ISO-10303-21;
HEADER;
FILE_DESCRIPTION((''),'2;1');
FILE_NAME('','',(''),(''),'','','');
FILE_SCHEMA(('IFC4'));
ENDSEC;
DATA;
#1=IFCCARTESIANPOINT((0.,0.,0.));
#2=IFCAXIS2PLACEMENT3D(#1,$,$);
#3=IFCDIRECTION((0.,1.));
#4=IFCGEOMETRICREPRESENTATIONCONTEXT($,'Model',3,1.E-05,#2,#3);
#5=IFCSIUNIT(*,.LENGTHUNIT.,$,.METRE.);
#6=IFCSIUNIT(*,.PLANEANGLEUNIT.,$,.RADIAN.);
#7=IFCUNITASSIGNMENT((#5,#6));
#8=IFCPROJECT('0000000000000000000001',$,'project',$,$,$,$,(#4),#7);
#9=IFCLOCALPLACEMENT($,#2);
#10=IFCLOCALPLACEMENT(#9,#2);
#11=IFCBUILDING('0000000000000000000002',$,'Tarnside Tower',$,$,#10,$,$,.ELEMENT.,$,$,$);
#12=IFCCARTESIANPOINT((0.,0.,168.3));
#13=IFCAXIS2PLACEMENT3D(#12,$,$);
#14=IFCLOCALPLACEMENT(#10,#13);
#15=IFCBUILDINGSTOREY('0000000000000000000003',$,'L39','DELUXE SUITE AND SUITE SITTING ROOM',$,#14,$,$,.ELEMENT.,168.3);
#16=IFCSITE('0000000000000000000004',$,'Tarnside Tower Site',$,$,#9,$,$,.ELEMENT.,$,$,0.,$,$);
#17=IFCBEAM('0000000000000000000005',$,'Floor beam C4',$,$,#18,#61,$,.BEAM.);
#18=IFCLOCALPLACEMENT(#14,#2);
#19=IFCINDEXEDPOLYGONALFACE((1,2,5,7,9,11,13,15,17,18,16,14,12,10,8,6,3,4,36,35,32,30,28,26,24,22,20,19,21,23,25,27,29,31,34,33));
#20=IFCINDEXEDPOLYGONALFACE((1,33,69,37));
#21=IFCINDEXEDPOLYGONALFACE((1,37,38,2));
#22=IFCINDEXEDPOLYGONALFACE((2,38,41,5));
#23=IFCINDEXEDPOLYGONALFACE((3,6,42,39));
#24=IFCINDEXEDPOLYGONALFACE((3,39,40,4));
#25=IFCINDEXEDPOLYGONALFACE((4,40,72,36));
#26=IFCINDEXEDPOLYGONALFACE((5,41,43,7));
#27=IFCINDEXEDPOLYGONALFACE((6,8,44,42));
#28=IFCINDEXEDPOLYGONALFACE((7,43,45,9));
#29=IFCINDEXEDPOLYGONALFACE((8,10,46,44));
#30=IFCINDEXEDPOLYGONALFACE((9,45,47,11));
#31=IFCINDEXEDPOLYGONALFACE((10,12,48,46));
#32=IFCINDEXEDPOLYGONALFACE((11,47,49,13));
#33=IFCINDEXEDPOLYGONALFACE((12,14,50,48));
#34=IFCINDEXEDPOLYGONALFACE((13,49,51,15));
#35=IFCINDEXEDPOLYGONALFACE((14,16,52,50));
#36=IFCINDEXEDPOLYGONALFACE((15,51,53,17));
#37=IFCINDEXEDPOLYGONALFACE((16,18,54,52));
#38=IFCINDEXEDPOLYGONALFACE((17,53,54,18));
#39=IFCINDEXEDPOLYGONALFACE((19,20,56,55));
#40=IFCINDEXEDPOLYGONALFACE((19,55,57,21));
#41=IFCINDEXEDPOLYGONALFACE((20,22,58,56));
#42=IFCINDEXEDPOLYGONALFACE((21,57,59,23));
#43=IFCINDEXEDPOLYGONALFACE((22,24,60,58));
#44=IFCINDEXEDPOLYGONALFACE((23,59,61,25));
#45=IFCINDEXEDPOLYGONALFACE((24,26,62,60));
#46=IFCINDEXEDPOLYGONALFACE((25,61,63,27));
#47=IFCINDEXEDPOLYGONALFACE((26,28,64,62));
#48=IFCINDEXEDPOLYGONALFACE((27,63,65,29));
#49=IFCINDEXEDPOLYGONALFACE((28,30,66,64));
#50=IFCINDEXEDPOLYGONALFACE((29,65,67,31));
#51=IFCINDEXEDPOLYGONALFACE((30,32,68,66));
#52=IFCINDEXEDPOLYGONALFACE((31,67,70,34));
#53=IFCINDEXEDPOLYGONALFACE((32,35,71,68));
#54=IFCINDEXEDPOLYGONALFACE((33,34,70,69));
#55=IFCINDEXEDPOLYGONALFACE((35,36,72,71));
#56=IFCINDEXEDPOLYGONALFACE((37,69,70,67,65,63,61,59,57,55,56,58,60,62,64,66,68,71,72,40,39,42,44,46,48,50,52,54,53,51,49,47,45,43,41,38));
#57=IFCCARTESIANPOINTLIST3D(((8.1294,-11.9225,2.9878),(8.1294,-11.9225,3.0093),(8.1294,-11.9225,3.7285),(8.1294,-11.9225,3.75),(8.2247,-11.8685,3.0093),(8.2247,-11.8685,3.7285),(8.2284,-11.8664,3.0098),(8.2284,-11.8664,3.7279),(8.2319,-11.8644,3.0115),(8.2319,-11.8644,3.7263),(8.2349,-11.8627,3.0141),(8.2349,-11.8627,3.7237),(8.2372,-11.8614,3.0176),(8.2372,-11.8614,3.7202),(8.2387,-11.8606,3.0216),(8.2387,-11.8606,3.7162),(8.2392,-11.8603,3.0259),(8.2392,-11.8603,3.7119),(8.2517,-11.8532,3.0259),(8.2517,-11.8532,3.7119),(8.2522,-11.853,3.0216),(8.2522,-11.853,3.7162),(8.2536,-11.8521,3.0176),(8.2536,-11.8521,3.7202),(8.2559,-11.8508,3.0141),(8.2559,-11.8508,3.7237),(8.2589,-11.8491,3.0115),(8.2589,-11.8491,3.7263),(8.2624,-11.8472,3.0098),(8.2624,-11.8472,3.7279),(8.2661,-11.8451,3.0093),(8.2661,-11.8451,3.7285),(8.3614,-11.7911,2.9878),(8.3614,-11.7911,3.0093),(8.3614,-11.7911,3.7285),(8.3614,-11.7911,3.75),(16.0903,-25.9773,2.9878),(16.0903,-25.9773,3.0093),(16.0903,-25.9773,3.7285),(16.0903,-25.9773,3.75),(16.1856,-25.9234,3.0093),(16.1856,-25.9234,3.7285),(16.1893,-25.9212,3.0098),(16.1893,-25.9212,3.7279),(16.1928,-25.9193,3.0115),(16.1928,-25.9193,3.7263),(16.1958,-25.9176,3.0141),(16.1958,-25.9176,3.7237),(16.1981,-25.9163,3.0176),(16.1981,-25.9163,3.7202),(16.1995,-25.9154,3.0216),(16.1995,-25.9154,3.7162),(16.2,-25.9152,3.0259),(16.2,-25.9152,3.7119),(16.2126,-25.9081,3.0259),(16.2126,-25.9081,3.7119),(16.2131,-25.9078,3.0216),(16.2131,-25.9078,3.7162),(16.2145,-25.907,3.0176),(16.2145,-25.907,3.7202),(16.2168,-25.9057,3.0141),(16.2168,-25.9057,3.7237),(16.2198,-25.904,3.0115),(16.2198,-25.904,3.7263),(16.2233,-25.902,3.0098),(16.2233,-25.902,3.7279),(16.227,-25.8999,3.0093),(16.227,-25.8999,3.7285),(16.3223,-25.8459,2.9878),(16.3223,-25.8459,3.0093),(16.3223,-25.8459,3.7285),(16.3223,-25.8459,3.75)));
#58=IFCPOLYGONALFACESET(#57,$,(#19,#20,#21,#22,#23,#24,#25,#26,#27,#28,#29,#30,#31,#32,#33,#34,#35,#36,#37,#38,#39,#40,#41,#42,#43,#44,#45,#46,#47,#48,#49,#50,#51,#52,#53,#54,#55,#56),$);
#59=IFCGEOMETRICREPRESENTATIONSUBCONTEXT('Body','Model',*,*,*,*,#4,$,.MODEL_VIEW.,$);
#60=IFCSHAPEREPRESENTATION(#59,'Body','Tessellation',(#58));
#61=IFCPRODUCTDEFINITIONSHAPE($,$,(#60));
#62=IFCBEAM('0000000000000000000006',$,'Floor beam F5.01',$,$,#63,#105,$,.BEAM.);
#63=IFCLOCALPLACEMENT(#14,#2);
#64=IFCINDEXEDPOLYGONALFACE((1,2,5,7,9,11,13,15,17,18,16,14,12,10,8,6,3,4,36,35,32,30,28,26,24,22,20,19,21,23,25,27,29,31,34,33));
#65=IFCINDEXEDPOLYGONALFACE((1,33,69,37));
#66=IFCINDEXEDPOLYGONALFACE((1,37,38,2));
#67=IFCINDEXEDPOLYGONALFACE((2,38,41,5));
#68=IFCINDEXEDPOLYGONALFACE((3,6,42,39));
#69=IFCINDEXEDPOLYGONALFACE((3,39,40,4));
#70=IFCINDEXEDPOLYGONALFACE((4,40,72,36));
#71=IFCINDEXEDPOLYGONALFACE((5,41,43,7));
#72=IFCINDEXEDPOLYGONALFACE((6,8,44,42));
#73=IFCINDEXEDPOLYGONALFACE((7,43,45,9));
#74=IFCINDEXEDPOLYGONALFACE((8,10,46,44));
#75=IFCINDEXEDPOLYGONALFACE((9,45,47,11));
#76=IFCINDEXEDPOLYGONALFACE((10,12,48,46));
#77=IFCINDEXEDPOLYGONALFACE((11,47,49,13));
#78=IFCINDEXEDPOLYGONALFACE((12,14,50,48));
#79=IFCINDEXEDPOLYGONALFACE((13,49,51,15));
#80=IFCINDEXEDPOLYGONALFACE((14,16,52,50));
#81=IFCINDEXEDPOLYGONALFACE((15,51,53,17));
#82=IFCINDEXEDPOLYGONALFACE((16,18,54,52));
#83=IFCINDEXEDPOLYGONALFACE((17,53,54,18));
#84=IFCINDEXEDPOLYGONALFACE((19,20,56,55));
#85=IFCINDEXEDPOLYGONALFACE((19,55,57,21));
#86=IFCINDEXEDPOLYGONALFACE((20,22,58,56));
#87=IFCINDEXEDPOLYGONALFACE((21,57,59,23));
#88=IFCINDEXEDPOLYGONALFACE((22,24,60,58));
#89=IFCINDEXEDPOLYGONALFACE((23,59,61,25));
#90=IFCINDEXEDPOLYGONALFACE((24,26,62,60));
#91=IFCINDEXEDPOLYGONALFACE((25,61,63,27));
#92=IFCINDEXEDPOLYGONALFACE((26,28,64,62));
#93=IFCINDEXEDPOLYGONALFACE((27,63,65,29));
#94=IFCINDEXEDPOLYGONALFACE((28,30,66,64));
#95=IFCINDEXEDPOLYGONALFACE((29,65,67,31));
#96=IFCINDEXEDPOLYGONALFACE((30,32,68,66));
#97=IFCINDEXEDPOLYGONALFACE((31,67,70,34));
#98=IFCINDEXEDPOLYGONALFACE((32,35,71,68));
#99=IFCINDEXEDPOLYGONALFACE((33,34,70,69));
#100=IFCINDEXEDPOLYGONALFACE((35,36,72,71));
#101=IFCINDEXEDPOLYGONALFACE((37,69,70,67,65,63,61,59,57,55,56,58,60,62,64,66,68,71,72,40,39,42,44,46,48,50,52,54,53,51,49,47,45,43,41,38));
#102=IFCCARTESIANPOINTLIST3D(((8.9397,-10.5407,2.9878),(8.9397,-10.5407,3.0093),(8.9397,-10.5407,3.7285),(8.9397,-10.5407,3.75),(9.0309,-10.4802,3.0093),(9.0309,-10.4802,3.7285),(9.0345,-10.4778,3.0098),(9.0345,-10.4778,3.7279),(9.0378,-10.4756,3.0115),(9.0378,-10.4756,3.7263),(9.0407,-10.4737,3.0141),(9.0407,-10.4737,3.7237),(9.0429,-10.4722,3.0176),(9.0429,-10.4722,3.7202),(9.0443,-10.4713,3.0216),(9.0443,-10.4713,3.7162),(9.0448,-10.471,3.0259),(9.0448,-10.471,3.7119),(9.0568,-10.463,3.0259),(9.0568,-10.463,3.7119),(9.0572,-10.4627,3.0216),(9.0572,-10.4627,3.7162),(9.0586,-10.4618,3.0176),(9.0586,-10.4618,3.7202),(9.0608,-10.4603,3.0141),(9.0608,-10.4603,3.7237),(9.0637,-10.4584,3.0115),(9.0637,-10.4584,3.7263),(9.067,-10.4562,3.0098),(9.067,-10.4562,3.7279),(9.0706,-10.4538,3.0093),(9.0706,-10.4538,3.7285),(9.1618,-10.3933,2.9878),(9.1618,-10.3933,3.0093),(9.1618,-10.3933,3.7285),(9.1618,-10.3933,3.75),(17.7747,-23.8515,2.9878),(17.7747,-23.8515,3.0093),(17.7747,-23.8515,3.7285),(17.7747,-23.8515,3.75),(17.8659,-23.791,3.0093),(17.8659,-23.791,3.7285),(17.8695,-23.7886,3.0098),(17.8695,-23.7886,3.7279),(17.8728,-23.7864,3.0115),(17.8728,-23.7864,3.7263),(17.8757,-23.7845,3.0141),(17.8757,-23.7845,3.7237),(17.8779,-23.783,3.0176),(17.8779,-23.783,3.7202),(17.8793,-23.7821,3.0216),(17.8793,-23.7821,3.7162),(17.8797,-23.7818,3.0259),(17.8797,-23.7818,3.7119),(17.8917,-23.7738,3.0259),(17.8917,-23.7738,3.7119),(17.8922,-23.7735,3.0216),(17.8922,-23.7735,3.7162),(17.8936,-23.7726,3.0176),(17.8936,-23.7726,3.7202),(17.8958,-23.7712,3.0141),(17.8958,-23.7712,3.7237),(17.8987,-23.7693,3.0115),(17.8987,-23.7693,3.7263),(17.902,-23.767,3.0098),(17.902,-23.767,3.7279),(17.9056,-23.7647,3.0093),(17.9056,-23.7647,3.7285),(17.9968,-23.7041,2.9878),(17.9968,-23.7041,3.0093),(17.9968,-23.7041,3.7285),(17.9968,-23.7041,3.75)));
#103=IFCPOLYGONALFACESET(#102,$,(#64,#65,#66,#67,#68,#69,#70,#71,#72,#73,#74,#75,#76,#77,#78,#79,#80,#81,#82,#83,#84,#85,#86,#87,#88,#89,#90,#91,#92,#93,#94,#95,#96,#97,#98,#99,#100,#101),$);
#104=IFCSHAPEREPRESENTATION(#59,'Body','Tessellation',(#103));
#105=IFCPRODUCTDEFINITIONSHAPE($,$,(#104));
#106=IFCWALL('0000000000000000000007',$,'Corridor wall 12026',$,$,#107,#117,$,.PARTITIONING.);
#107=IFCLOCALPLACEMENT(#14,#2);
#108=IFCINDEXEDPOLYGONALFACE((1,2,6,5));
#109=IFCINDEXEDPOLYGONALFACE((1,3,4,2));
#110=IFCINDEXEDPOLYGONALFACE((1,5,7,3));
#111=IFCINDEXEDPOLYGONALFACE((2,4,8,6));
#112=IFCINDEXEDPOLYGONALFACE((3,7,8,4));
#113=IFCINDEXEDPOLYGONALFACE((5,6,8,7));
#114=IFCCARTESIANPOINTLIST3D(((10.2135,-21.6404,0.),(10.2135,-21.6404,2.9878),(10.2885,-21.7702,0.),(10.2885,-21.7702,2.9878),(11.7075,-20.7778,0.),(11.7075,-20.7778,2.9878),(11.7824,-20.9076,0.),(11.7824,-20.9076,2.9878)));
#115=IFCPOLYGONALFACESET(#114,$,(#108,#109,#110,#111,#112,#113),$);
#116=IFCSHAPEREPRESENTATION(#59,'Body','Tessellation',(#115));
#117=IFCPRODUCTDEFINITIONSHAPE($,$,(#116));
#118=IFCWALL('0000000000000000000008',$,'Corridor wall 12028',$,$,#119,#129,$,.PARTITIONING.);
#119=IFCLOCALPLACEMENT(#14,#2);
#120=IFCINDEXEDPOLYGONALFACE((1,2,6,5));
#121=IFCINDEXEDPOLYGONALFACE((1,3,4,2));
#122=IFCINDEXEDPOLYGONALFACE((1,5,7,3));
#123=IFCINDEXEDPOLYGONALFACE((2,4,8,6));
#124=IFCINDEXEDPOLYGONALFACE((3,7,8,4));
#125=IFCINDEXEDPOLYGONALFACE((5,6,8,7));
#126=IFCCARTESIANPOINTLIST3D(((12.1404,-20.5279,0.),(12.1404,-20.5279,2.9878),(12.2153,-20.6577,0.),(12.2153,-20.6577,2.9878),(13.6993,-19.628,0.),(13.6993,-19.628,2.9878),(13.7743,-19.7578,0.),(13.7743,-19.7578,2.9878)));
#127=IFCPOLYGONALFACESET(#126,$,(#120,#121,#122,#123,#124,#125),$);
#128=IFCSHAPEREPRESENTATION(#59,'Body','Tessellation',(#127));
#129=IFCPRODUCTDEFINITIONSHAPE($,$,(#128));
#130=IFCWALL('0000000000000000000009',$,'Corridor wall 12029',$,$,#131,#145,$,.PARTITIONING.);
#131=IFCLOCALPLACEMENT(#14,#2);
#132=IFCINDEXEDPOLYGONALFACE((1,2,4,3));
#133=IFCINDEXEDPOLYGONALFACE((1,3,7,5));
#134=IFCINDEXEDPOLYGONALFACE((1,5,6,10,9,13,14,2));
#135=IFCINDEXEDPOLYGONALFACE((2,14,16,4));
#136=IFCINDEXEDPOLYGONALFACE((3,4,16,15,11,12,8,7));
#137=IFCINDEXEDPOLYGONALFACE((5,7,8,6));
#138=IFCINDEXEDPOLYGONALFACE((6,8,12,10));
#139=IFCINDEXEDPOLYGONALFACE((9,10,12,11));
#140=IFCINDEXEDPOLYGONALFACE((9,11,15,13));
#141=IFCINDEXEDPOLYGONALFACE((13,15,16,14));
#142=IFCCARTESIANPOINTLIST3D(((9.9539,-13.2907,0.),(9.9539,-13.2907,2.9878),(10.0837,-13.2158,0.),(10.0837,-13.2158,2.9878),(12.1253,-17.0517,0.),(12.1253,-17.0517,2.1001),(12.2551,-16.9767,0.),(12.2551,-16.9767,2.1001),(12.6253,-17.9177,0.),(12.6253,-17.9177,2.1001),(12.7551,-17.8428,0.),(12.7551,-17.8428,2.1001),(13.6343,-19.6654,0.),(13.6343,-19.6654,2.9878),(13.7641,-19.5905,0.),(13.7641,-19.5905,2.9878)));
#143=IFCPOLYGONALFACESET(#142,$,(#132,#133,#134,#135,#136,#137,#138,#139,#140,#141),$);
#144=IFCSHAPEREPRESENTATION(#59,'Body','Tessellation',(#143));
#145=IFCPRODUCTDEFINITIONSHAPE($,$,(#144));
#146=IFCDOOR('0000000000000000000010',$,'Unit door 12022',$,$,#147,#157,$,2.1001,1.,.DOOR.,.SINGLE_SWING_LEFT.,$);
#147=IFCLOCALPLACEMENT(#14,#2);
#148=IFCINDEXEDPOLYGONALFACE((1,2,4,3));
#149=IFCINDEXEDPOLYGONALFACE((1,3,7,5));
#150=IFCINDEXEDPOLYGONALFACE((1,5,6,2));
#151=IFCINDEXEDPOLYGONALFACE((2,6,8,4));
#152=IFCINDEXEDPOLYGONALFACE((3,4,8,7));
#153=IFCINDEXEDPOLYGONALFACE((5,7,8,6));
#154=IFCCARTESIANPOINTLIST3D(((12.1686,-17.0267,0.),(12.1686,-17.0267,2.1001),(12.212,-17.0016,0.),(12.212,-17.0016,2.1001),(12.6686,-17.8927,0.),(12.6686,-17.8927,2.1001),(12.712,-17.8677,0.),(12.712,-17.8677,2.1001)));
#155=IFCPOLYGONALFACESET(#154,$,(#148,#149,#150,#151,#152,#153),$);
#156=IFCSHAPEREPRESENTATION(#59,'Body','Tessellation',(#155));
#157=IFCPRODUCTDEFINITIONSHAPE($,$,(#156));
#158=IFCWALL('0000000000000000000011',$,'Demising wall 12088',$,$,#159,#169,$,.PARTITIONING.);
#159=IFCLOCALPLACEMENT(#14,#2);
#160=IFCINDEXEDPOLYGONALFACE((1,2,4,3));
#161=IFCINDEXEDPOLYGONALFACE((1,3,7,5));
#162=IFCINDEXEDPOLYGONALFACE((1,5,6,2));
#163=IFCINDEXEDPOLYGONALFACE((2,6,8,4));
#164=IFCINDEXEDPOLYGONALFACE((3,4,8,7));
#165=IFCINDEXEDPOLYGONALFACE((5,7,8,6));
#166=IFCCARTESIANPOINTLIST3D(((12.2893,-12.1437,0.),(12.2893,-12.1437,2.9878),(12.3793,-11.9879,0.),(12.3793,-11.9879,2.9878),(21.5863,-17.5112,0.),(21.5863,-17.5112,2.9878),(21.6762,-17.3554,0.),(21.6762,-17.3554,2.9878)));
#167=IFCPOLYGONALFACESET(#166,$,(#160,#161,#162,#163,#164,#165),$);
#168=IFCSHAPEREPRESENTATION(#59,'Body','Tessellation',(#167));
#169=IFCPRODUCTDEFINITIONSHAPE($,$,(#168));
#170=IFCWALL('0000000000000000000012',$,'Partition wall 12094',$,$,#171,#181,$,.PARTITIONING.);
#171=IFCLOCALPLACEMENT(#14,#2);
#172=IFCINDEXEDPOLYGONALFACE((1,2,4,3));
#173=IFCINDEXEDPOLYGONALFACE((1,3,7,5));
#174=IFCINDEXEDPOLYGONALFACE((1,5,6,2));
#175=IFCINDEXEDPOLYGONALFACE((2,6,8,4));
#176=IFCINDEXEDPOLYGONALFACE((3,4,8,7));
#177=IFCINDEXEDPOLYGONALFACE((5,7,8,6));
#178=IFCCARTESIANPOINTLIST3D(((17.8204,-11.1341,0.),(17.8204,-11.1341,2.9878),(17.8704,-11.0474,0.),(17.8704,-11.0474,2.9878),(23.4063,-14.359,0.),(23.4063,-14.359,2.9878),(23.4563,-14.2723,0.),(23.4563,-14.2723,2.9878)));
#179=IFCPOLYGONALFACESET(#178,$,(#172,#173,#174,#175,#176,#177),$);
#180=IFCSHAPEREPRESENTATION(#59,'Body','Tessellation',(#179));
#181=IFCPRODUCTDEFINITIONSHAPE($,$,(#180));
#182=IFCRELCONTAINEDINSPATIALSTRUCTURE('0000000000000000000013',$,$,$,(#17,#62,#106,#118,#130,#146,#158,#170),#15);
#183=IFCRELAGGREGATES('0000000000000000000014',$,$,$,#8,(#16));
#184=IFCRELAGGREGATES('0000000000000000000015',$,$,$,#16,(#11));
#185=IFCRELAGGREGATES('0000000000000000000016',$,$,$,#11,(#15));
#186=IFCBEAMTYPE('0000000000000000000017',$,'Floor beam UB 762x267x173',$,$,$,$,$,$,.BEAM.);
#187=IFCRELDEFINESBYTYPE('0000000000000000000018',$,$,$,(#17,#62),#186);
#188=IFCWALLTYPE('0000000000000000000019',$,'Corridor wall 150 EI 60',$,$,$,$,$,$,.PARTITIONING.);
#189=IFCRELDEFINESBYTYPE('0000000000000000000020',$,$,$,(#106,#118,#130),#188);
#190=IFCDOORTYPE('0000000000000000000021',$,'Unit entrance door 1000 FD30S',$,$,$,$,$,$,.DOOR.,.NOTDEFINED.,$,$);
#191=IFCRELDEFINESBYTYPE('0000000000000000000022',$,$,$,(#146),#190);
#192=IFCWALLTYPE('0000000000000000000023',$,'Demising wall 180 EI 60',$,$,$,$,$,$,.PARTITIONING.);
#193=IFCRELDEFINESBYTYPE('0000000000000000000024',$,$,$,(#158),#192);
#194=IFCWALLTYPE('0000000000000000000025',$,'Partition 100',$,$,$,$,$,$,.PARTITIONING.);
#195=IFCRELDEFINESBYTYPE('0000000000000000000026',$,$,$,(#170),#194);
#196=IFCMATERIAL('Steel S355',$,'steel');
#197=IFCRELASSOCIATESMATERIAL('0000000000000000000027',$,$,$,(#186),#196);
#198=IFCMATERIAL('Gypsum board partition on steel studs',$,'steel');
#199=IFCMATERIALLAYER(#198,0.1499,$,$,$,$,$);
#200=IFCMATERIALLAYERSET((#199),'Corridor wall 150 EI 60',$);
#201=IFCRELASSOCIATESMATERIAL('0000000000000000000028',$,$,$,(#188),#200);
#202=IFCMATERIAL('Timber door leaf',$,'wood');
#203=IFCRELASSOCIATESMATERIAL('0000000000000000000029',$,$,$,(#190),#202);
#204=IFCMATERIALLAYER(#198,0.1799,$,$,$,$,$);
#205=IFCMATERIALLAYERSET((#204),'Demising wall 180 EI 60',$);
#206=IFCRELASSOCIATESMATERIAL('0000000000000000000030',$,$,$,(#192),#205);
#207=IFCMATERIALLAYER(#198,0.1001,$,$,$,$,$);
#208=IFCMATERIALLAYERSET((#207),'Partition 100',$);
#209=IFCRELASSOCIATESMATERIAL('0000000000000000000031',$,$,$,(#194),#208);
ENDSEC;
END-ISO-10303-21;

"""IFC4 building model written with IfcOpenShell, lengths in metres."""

from ifc_helpers import new_model, si_unit, direction, frame, frame_2d, origin, origin_2d, place, context, subcontext, project, spatial, rectangle, i_section, extrude, material, layer, layer_set, material_profile, profile_set, type_object, element, fill, save


model = new_model("IFC4")

# Units and contexts
model_context = context("Model", 3, precision=1e-05, world=origin(), true_north=direction((0.0, 1.0)))
body_context = subcontext(model_context, "Body", "Model", "MODEL_VIEW")
ifc_project = project(units=[si_unit("LENGTHUNIT", "METRE"), si_unit("PLANEANGLEUNIT", "RADIAN")], contexts=[model_context])

# Site, building, storey
site_placement = place(None, origin())
site = spatial("IfcSite", under=ifc_project, at=site_placement, Name="Tarnside Tower Site", CompositionType="ELEMENT", RefElevation=0.0)
building_placement = place(site_placement, origin())
building = spatial("IfcBuilding", under=site, at=building_placement, Name="Tarnside Tower", CompositionType="ELEMENT")
storey_placement = place(building_placement, frame((0.0, 0.0, 168.3)))
storey = spatial("IfcBuildingStorey", under=building, at=storey_placement, Name="L39", Description="DELUXE SUITE AND SUITE SITTING ROOM", CompositionType="ELEMENT", Elevation=168.3)

# Beams
ifc_material_1 = material(Name="Steel S355", Category="steel")
ifc_material_profile_1 = material_profile(ifc_material_1, i_section(OverallWidth=0.2666, OverallDepth=0.7622, WebThickness=0.0144, FlangeThickness=0.0215, FilletRadius=0.0166, at=origin_2d()), Name="UB 762x267x173")
ifc_profile_set_1 = profile_set([ifc_material_profile_1], Name="Steel S355")
beam_type_1 = type_object("IfcBeamType", Name="Floor beam UB 762x267x173", PredefinedType="BEAM", material=ifc_profile_set_1)
beam_1_placement = place(storey_placement, frame((16.2063, -25.9116, 3.3689), z_axis=(-0.492847, 0.870116, 0.0), x_axis=(-0.870116, -0.492847, 0.0)))
element("IfcBeam", 1, at=beam_1_placement, inside=storey, type_object=beam_type_1, Name="Floor beam C4", PredefinedType="BEAM", context=body_context, shape_type="SweptSolid", body=[
    extrude(i_section(OverallWidth=0.2666, OverallDepth=0.7622, WebThickness=0.0144, FlangeThickness=0.0215, FilletRadius=0.0166, at=origin_2d()), origin(), (0.0, 0.0, 1.0), 16.1528),
])
beam_2_placement = place(storey_placement, frame((17.8857, -23.7778, 3.3689), z_axis=(-0.553013, 0.833172, 0.0), x_axis=(-0.833172, -0.553013, 0.0)))
element("IfcBeam", 2, at=beam_2_placement, inside=storey, type_object=beam_type_1, Name="Floor beam F5.01", PredefinedType="BEAM", context=body_context, shape_type="SweptSolid", body=[
    extrude(i_section(OverallWidth=0.2666, OverallDepth=0.7622, WebThickness=0.0144, FlangeThickness=0.0215, FilletRadius=0.0166, at=origin_2d()), origin(), (0.0, 0.0, 1.0), 15.9761),
])

# Walls
ifc_material_2 = material(Name="Gypsum board partition on steel studs", Category="steel")
ifc_layer_1 = layer(ifc_material_2, 0.1499)
ifc_layer_set_1 = layer_set([ifc_layer_1], Name="Corridor wall 150 EI 60")
wall_type_1 = type_object("IfcWallType", Name="Corridor wall 150 EI 60", PredefinedType="PARTITIONING", material=ifc_layer_set_1)
wall_1_placement = place(storey_placement, frame((10.251, -21.7053, 0.0), z_axis=(0.0, 0.0, 1.0), x_axis=(0.866014, 0.500021, 0.0)))
element("IfcWall", 3, at=wall_1_placement, inside=storey, type_object=wall_type_1, Name="Corridor wall 12026", PredefinedType="PARTITIONING", context=body_context, shape_type="SweptSolid", body=[
    extrude(rectangle(XDim=1.7251, YDim=0.1499, at=frame_2d((0.8625, 0.0))), origin(), (0.0, 0.0, 1.0), 2.9878),
])
wall_2_placement = place(storey_placement, frame((12.178, -20.5928, 0.0), z_axis=(0.0, 0.0, 1.0), x_axis=(0.866048, 0.499961, 0.0)))
element("IfcWall", 4, at=wall_2_placement, inside=storey, type_object=wall_type_1, Name="Corridor wall 12028", PredefinedType="PARTITIONING", context=body_context, shape_type="SweptSolid", body=[
    extrude(rectangle(XDim=1.8, YDim=0.1499, at=frame_2d((0.8999, 0.0))), origin(), (0.0, 0.0, 1.0), 2.9878),
])

# Wall, opening, door
wall_3_placement = place(storey_placement, frame((13.6992, -19.6279, 0.0), z_axis=(0.0, 0.0, 1.0), x_axis=(-0.499995, 0.866028, 0.0)))
wall_3 = element("IfcWall", 5, at=wall_3_placement, inside=storey, type_object=wall_type_1, Name="Corridor wall 12029", PredefinedType="PARTITIONING", context=body_context, shape_type="SweptSolid", body=[
    extrude(rectangle(XDim=7.3608, YDim=0.1499, at=frame_2d((3.6804, 0.0))), origin(), (0.0, 0.0, 1.0), 2.9878),
])
opening_1_placement = place(wall_3_placement, frame((2.0181, 0.0, 0.0)))
opening_1 = element("IfcOpeningElement", 6, at=opening_1_placement, cuts=wall_3, PredefinedType="OPENING", context=body_context, shape_type="SweptSolid", body=[
    extrude(rectangle(XDim=1.0, YDim=2.1001, at=frame_2d((0.5, 1.05))), frame((0.0, 0.085, 0.0), z_axis=(0.0, -1.0, 0.0), x_axis=(1.0, 0.0, 0.0)), (0.0, 0.0, 1.0), 0.1699),
])
ifc_material_3 = material(Name="Timber door leaf", Category="wood")
door_type = type_object("IfcDoorType", Name="Unit entrance door 1000 FD30S", OperationType="NOTDEFINED", PredefinedType="DOOR", material=ifc_material_3)
door_placement = place(opening_1_placement, origin())
door = element("IfcDoor", 7, at=door_placement, inside=storey, type_object=door_type, Name="Unit door 12022", OperationType="SINGLE_SWING_LEFT", OverallHeight=2.1001, OverallWidth=1.0, PredefinedType="DOOR", context=body_context, shape_type="SweptSolid", body=[
    extrude(rectangle(XDim=1.0, YDim=2.1001, at=frame_2d((0.5, 1.05))), frame((0.0, 0.0249, 0.0), z_axis=(0.0, -1.0, 0.0), x_axis=(1.0, 0.0, 0.0)), (0.0, 0.0, 1.0), 0.05),
])
fill(opening_1, door)

# Walls
ifc_layer_2 = layer(ifc_material_2, 0.1799)
ifc_layer_set_2 = layer_set([ifc_layer_2], Name="Demising wall 180 EI 60")
wall_type_2 = type_object("IfcWallType", Name="Demising wall 180 EI 60", PredefinedType="PARTITIONING", material=ifc_layer_set_2)
wall_4_placement = place(storey_placement, frame((21.6313, -17.4333, 0.0), z_axis=(0.0, 0.0, 1.0), x_axis=(-0.86603, 0.499992, 0.0)))
element("IfcWall", 8, at=wall_4_placement, inside=storey, type_object=wall_type_2, Name="Demising wall 12088", PredefinedType="PARTITIONING", context=body_context, shape_type="SweptSolid", body=[
    extrude(rectangle(XDim=10.7351, YDim=0.1799, at=frame_2d((5.3677, 0.0))), origin(), (0.0, 0.0, 1.0), 2.9878),
])
ifc_layer_3 = layer(ifc_material_2, 0.1001)
ifc_layer_set_3 = layer_set([ifc_layer_3], Name="Partition 100")
wall_type_3 = type_object("IfcWallType", Name="Partition 100", PredefinedType="PARTITIONING", material=ifc_layer_set_3)
wall_5_placement = place(storey_placement, frame((23.4314, -14.3157, 0.0), z_axis=(0.0, 0.0, 1.0), x_axis=(-0.866038, 0.499978, 0.0)))
element("IfcWall", 9, at=wall_5_placement, inside=storey, type_object=wall_type_3, Name="Partition wall 12094", PredefinedType="PARTITIONING", context=body_context, shape_type="SweptSolid", body=[
    extrude(rectangle(XDim=6.45, YDim=0.1001, at=frame_2d((3.2251, 0.0))), origin(), (0.0, 0.0, 1.0), 2.9878),
])

save(model, "model.ifc")
